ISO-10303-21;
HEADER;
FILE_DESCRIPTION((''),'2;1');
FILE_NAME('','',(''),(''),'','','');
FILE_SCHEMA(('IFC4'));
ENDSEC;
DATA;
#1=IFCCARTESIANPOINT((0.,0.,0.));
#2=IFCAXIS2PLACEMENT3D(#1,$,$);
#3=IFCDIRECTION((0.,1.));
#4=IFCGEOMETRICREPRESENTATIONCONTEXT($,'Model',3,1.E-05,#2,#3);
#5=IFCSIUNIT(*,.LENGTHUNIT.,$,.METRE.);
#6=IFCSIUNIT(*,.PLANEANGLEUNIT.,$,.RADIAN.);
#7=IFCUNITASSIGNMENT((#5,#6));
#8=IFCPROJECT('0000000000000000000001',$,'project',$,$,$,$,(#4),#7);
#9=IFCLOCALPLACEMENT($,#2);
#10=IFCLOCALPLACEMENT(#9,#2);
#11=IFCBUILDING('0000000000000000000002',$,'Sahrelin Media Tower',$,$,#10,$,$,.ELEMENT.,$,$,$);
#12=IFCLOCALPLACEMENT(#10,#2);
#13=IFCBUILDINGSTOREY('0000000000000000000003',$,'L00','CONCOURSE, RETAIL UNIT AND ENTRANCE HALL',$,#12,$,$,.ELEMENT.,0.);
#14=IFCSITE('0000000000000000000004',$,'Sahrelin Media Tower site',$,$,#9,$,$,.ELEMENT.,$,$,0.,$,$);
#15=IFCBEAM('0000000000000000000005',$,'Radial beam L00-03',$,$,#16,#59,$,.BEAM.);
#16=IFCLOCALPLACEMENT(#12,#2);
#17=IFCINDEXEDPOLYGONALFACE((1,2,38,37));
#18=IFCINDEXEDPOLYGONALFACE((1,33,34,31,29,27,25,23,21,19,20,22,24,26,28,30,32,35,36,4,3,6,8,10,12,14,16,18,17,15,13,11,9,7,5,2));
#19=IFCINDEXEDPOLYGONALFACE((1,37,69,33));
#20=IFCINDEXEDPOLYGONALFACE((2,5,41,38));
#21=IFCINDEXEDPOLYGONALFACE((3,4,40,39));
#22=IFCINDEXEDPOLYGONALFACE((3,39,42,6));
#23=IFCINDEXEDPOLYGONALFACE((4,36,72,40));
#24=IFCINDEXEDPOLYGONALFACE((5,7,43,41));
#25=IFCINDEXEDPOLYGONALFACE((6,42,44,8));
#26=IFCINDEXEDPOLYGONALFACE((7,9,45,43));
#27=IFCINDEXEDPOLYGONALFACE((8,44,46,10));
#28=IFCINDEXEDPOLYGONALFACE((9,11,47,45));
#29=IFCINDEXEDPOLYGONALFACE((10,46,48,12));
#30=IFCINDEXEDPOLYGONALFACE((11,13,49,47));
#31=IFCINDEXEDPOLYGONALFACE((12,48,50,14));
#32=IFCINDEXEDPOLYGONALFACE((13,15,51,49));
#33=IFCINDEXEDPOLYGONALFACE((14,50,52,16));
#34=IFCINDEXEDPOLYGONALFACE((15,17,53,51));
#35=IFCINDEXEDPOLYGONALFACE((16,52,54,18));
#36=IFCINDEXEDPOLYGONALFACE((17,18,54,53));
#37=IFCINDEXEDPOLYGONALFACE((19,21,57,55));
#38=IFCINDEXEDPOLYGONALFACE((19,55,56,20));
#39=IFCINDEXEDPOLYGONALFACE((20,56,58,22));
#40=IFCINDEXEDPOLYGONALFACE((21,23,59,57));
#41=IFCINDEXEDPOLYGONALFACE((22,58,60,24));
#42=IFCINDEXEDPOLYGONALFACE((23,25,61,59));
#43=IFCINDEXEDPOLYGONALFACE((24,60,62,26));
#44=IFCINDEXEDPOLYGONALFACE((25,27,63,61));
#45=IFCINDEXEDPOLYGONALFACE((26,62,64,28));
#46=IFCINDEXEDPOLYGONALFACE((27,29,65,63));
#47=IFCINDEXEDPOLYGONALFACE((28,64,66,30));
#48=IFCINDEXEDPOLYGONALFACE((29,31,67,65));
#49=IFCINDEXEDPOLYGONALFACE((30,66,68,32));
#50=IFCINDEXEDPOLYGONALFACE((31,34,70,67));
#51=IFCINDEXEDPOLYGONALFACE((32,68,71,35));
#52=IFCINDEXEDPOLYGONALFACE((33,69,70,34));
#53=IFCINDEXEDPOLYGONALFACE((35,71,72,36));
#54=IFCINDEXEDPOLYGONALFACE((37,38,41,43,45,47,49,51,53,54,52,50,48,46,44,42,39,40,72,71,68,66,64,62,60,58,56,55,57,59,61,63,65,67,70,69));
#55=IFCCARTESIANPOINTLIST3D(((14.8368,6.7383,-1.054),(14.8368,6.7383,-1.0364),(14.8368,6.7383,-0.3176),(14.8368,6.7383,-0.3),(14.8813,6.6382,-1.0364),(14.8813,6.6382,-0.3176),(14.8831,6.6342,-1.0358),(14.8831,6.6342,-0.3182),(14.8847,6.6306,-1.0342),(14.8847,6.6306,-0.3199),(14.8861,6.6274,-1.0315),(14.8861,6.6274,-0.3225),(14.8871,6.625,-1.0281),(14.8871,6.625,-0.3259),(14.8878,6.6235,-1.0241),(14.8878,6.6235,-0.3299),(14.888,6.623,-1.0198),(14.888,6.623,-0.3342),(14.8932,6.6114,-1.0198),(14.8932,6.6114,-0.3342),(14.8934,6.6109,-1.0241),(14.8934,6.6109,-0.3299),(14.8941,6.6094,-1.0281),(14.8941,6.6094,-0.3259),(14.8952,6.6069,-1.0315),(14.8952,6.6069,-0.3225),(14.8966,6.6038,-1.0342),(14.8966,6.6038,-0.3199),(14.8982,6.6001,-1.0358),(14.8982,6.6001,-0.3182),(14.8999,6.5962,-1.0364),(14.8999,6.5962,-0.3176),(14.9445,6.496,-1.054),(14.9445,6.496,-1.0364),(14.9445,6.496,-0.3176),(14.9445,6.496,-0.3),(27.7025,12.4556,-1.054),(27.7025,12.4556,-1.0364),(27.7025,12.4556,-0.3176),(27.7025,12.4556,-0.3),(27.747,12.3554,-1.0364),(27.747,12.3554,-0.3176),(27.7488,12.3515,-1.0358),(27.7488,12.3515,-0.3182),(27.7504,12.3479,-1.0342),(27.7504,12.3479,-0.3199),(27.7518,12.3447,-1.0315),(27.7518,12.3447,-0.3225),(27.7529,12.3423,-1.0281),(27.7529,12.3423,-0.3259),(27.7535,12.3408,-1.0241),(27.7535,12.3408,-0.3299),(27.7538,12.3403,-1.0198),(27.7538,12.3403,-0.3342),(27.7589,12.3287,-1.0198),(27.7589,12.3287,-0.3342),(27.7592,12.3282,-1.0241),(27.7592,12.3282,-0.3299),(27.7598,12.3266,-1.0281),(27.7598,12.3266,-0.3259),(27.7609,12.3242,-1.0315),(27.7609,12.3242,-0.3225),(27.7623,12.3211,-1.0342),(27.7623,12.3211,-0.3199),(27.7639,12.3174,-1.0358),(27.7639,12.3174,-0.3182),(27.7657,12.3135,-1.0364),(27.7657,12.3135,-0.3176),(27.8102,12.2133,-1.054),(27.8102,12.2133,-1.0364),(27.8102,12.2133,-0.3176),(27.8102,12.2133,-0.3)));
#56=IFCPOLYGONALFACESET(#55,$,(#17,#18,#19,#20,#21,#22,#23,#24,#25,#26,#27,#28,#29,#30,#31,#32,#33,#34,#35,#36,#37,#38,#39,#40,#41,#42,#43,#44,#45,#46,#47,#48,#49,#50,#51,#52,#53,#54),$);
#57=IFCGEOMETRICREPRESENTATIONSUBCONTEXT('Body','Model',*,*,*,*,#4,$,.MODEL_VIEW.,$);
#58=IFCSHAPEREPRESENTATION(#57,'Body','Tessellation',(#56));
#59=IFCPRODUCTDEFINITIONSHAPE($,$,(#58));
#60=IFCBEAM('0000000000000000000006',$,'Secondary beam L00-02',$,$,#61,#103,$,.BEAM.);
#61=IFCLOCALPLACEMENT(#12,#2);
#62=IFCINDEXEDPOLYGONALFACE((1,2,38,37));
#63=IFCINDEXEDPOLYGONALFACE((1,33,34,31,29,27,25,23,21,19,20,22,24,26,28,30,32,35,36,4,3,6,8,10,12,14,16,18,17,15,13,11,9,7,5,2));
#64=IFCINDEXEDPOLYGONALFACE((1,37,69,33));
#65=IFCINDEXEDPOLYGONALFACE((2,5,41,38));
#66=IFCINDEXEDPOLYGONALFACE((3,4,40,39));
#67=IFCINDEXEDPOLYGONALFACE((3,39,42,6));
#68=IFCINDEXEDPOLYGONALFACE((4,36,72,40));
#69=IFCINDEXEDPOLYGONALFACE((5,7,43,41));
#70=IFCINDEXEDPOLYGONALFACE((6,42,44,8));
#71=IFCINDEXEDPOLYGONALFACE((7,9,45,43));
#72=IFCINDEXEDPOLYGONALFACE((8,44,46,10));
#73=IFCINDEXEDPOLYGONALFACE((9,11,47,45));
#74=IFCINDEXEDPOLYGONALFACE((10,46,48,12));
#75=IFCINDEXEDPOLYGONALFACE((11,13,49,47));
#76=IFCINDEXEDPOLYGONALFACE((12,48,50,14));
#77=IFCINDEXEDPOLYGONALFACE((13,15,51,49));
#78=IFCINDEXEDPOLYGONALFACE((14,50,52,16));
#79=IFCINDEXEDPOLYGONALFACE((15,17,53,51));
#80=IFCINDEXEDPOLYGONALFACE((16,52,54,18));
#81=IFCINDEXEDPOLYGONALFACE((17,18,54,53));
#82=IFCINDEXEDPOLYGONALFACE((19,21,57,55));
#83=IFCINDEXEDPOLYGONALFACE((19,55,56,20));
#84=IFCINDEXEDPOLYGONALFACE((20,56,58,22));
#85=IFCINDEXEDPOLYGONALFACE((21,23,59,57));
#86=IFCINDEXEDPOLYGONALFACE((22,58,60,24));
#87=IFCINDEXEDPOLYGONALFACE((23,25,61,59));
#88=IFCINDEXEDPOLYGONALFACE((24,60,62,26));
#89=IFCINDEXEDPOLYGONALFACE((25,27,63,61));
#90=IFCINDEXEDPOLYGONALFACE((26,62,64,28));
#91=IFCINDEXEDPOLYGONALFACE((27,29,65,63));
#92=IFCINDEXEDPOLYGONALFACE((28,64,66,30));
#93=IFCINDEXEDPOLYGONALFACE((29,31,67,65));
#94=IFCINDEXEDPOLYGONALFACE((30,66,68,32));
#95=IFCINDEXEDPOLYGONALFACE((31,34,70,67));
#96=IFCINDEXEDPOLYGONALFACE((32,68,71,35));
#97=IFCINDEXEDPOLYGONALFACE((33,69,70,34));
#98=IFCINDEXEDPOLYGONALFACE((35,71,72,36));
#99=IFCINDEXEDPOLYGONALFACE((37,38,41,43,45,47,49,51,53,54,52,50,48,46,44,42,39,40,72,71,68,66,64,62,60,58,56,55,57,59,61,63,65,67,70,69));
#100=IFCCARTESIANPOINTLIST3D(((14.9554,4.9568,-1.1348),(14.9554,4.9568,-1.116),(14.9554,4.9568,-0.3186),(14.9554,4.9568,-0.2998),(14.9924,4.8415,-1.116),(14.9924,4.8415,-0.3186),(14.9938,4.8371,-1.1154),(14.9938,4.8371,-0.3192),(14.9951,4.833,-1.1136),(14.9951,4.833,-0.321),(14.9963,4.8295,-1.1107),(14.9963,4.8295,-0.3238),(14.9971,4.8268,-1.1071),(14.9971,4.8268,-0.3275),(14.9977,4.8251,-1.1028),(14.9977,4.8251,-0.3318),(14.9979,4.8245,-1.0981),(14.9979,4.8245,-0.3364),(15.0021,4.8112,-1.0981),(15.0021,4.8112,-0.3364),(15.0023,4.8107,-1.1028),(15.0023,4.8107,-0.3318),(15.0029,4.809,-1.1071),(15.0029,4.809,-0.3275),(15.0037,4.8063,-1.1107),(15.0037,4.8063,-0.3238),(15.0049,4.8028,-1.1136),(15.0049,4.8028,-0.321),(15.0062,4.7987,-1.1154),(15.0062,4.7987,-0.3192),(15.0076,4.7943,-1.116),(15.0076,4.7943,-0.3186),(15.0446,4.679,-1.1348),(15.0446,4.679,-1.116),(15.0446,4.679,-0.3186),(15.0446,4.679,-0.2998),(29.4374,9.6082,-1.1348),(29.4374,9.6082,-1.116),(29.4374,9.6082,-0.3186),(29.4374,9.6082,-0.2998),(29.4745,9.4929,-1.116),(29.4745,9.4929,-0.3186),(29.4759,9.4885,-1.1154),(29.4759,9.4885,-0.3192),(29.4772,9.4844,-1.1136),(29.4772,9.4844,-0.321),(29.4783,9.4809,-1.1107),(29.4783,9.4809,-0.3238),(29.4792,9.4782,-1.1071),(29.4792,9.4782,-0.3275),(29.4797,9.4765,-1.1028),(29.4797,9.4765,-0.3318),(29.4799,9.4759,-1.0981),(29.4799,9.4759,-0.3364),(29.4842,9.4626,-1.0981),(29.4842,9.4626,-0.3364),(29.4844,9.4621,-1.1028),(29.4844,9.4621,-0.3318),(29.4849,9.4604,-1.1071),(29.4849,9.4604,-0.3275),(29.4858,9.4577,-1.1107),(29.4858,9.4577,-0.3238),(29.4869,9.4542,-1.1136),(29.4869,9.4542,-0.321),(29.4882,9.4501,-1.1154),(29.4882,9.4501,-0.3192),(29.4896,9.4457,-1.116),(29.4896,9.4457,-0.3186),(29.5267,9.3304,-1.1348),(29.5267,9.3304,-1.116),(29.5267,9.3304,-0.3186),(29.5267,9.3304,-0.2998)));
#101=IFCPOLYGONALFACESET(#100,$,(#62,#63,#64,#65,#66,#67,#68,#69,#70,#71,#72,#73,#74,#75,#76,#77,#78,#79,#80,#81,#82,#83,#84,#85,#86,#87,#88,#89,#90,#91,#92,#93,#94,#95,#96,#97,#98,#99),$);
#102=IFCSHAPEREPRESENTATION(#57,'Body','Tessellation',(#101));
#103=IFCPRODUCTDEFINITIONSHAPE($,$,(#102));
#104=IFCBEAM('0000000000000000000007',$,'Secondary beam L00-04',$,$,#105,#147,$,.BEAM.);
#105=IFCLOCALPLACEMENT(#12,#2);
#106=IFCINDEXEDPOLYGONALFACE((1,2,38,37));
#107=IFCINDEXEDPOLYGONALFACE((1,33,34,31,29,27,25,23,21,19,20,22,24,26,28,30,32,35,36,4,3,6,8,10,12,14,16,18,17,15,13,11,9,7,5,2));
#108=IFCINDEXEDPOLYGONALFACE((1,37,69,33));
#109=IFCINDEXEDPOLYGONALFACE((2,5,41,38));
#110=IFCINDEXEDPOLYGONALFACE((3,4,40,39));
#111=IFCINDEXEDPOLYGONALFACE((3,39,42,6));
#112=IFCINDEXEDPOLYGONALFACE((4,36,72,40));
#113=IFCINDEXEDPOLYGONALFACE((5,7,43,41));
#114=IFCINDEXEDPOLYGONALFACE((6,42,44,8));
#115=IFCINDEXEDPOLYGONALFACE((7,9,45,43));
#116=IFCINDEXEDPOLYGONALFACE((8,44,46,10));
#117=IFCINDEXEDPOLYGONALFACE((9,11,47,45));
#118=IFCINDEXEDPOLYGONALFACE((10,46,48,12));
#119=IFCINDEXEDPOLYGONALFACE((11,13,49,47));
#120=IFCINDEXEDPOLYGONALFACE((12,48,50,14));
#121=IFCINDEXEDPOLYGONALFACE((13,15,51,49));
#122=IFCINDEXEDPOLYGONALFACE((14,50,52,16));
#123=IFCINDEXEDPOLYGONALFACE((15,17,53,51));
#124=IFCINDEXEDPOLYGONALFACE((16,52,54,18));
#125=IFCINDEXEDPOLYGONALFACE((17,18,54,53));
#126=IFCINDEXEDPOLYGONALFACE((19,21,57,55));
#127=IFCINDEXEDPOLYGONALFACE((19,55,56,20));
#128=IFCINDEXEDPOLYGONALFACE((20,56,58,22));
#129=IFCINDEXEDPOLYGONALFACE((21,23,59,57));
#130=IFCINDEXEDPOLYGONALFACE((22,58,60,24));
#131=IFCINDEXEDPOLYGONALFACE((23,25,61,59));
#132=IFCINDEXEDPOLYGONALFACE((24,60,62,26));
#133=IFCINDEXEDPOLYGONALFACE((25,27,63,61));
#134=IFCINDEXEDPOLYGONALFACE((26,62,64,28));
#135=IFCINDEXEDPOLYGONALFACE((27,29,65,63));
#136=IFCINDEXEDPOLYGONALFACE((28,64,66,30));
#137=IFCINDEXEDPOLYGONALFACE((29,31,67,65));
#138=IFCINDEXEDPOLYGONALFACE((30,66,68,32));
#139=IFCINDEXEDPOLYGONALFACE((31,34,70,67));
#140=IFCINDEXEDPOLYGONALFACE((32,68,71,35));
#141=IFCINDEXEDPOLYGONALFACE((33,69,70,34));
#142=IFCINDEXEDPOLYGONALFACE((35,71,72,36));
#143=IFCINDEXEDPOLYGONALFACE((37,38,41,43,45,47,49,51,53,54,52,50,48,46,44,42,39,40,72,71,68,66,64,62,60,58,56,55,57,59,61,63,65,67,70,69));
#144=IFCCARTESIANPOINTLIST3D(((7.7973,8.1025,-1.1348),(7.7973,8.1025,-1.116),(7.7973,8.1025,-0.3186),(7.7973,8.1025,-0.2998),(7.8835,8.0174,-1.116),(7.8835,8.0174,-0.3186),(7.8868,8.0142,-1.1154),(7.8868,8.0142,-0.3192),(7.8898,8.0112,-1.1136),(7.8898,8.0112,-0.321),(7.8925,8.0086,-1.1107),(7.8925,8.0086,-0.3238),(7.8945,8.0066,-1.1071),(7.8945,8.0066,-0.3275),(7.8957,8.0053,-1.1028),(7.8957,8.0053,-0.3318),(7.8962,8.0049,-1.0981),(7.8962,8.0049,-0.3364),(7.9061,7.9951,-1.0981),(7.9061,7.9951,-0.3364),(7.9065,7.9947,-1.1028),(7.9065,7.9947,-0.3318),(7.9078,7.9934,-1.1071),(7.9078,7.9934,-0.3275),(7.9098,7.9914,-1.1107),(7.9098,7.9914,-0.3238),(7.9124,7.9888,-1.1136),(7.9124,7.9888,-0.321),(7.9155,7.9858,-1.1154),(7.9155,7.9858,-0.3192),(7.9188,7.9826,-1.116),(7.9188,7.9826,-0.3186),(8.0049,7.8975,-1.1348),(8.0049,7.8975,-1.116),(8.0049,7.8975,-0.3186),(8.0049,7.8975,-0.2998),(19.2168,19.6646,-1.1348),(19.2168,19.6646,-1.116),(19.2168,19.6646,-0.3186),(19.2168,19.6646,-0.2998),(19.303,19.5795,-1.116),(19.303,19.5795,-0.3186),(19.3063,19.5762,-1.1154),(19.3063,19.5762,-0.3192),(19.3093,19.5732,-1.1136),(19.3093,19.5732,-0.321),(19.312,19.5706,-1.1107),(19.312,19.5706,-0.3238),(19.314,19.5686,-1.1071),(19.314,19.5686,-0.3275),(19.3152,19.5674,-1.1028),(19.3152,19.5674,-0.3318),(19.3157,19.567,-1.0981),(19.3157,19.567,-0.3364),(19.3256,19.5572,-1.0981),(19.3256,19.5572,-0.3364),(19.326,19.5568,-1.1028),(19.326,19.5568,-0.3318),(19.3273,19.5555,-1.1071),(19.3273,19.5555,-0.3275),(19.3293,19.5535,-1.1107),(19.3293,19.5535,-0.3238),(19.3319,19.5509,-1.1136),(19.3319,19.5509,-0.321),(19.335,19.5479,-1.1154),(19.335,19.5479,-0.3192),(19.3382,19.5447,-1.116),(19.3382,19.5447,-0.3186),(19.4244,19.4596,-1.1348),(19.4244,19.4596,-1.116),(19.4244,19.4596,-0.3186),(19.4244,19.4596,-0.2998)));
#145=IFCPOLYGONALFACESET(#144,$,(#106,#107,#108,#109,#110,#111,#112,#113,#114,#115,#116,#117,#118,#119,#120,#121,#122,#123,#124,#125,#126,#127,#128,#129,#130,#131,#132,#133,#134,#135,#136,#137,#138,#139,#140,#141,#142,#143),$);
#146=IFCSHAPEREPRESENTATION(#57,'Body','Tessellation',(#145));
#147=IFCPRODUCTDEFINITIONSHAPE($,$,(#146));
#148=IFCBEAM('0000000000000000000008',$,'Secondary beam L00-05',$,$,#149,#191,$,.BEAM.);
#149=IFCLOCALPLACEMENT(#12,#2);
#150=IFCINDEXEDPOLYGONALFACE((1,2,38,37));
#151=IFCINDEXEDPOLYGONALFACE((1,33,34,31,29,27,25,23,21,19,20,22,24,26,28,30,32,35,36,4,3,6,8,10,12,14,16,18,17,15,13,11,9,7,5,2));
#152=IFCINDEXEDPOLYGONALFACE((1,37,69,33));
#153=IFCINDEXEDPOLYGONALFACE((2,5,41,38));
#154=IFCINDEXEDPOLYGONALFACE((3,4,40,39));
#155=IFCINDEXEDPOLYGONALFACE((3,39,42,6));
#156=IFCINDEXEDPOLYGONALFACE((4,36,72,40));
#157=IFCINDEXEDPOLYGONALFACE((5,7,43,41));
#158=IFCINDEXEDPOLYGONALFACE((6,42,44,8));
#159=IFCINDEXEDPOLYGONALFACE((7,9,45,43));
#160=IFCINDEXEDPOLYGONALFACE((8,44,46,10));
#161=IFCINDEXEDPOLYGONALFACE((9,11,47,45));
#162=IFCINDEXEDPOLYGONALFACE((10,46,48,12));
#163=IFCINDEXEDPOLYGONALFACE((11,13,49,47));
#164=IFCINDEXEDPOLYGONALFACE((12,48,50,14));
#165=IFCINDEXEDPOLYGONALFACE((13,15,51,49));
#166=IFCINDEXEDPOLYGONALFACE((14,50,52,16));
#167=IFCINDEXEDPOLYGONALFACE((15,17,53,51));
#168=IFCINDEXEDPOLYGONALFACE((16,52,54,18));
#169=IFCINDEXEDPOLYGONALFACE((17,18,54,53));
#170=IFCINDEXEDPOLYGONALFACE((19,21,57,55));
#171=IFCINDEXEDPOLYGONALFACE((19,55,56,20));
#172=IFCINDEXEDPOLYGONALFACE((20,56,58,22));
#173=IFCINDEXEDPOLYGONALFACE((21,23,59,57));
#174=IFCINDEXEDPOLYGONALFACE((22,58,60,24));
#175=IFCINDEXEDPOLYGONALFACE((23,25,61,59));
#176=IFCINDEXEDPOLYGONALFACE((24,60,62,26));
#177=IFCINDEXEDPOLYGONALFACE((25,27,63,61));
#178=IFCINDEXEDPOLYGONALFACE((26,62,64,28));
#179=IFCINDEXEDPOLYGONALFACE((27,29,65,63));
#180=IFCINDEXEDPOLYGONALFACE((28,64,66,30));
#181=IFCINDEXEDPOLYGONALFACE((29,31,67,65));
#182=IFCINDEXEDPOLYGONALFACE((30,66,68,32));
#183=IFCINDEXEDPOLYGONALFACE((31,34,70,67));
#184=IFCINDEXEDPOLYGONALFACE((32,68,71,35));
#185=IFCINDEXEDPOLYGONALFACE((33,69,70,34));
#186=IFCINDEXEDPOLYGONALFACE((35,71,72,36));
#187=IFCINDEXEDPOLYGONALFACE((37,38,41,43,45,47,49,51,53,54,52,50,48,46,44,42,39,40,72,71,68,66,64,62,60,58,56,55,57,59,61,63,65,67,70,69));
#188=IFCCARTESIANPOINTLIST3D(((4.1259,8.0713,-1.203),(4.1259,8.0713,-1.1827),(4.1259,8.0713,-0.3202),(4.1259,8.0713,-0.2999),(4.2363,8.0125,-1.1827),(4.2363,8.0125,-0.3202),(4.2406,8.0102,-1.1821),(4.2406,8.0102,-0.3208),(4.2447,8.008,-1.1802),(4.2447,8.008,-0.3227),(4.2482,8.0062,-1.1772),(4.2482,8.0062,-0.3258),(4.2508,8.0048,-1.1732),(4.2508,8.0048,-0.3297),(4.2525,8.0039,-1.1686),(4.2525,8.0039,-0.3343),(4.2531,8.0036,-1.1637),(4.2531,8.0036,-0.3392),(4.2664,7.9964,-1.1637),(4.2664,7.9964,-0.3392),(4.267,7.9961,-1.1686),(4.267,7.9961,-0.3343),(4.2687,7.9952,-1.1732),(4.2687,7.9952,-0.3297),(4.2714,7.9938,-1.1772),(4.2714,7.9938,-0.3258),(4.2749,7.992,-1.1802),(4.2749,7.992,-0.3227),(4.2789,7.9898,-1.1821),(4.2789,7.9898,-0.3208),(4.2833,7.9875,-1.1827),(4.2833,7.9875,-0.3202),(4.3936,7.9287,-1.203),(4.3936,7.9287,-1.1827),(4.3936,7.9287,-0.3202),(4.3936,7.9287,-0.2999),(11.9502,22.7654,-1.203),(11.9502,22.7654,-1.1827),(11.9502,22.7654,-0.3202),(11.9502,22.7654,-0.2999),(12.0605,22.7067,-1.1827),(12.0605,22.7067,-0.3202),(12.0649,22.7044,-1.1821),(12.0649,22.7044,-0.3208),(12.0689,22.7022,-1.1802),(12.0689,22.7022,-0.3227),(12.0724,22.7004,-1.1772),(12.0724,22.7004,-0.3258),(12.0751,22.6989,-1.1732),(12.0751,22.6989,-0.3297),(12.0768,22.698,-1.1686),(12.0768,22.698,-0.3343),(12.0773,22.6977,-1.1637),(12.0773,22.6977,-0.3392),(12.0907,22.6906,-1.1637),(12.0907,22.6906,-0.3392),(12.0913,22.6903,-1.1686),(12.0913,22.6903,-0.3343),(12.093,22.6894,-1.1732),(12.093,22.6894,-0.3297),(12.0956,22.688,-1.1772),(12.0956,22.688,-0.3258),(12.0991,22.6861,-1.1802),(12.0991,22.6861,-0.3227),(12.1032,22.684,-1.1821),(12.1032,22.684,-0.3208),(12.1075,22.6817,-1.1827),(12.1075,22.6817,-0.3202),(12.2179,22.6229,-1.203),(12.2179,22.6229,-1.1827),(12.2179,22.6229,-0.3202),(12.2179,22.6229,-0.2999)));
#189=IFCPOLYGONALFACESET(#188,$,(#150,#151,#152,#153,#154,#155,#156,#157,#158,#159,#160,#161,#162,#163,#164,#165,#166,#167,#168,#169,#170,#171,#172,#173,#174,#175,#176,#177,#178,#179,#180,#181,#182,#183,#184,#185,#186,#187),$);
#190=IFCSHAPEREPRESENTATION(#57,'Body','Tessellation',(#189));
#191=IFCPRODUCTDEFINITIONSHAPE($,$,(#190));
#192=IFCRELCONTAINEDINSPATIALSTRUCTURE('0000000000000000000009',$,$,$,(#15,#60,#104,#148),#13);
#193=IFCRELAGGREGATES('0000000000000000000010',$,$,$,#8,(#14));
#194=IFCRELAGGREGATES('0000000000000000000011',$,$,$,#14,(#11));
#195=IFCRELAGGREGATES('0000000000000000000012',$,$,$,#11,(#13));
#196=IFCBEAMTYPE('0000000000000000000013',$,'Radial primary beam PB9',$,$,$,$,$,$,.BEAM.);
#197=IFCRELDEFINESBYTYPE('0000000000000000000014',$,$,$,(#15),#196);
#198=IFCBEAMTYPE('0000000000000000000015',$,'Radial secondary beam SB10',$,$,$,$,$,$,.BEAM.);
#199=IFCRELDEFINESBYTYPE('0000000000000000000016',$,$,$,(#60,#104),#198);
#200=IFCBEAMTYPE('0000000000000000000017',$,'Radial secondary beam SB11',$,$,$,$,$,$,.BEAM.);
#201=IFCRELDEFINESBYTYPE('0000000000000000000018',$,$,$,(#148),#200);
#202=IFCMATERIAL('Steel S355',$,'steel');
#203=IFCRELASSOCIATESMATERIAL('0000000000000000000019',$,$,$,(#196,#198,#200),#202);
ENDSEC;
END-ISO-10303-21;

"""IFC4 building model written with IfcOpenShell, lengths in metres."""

from ifc_helpers import new_model, si_unit, direction, frame, origin, origin_2d, place, context, subcontext, project, spatial, i_section, extrude, material, material_profile, profile_set, type_object, element, save


model = new_model("IFC4")

# Units and contexts
model_context = context("Model", 3, precision=1e-05, world=origin(), true_north=direction((0.0, 1.0)))
body_context = subcontext(model_context, "Body", "Model", "MODEL_VIEW")
ifc_project = project(units=[si_unit("LENGTHUNIT", "METRE"), si_unit("PLANEANGLEUNIT", "RADIAN")], contexts=[model_context])

# Site, building, storey
site_placement = place(None, origin())
site = spatial("IfcSite", under=ifc_project, at=site_placement, Name="Sahrelin Media Tower site", CompositionType="ELEMENT", RefElevation=0.0)
building_placement = place(site_placement, origin())
building = spatial("IfcBuilding", under=site, at=building_placement, Name="Sahrelin Media Tower", CompositionType="ELEMENT")
storey_placement = place(building_placement, origin())
storey = spatial("IfcBuildingStorey", under=building, at=storey_placement, Name="L00", Description="CONCOURSE, RETAIL UNIT AND ENTRANCE HALL", CompositionType="ELEMENT", Elevation=0.0)

# Beams
ifc_material_1 = material(Name="Steel S355", Category="steel")
ifc_material_profile_1 = material_profile(ifc_material_1, i_section(OverallWidth=0.2651, OverallDepth=0.7539, WebThickness=0.0127, FlangeThickness=0.0176, FilletRadius=0.0166, at=origin_2d()), Name="UB 762x267x147")
ifc_profile_set_1 = profile_set([ifc_material_profile_1], Name="Steel S355")
beam_type_1 = type_object("IfcBeamType", Name="Radial primary beam PB9", PredefinedType="BEAM", material=ifc_profile_set_1)
beam_1_placement = place(storey_placement, frame((14.8906, 6.6172, -0.677), z_axis=(0.913833, 0.40609, 0.0), x_axis=(-0.40609, 0.913833, 0.0)))
element("IfcBeam", 1, at=beam_1_placement, inside=storey, type_object=beam_type_1, Name="Radial beam L00-03", PredefinedType="BEAM", context=body_context, shape_type="SweptSolid", body=[
    extrude(i_section(OverallWidth=0.2651, OverallDepth=0.7539, WebThickness=0.0127, FlangeThickness=0.0176, FilletRadius=0.0166, at=origin_2d()), origin(), (0.0, 0.0, 1.0), 14.0789),
])
ifc_material_profile_2 = material_profile(ifc_material_1, i_section(OverallWidth=0.2917, OverallDepth=0.835, WebThickness=0.0139, FlangeThickness=0.0188, FilletRadius=0.0178, at=origin_2d()), Name="UB 838x292x176")
ifc_profile_set_2 = profile_set([ifc_material_profile_2], Name="Steel S355")
beam_type_2 = type_object("IfcBeamType", Name="Radial secondary beam SB10", PredefinedType="BEAM", material=ifc_profile_set_2)
beam_2_placement = place(storey_placement, frame((15.0, 4.8179, -0.7173), z_axis=(0.952096, 0.305798, 0.0), x_axis=(-0.305798, 0.952096, 0.0)))
element("IfcBeam", 2, at=beam_2_placement, inside=storey, type_object=beam_type_2, Name="Secondary beam L00-02", PredefinedType="BEAM", context=body_context, shape_type="SweptSolid", body=[
    extrude(i_section(OverallWidth=0.2917, OverallDepth=0.835, WebThickness=0.0139, FlangeThickness=0.0188, FilletRadius=0.0178, at=origin_2d()), origin(), (0.0, 0.0, 1.0), 15.2107),
])
beam_3_placement = place(storey_placement, frame((7.9011, 8.0, -0.7173), z_axis=(0.702706, 0.71148, 0.0), x_axis=(-0.71148, 0.702706, 0.0)))
element("IfcBeam", 3, at=beam_3_placement, inside=storey, type_object=beam_type_2, Name="Secondary beam L00-04", PredefinedType="BEAM", context=body_context, shape_type="SweptSolid", body=[
    extrude(i_section(OverallWidth=0.2917, OverallDepth=0.835, WebThickness=0.0139, FlangeThickness=0.0188, FilletRadius=0.0178, at=origin_2d()), origin(), (0.0, 0.0, 1.0), 16.2507),
])
ifc_material_profile_3 = material_profile(ifc_material_1, i_section(OverallWidth=0.3032, OverallDepth=0.9031, WebThickness=0.0151, FlangeThickness=0.0203, FilletRadius=0.019, at=origin_2d()), Name="UB 914x305x201")
ifc_profile_set_3 = profile_set([ifc_material_profile_3], Name="Steel S355")
beam_type_3 = type_object("IfcBeamType", Name="Radial secondary beam SB11", PredefinedType="BEAM", material=ifc_profile_set_3)
beam_4_placement = place(storey_placement, frame((4.2598, 8.0, -0.7515), z_axis=(0.469997, 0.882668, 0.0), x_axis=(-0.882668, 0.469997, 0.0)))
element("IfcBeam", 4, at=beam_4_placement, inside=storey, type_object=beam_type_3, Name="Secondary beam L00-05", PredefinedType="BEAM", context=body_context, shape_type="SweptSolid", body=[
    extrude(i_section(OverallWidth=0.3032, OverallDepth=0.9031, WebThickness=0.0151, FlangeThickness=0.0203, FilletRadius=0.019, at=origin_2d()), origin(), (0.0, 0.0, 1.0), 16.6475),
])

save(model, "model.ifc")
